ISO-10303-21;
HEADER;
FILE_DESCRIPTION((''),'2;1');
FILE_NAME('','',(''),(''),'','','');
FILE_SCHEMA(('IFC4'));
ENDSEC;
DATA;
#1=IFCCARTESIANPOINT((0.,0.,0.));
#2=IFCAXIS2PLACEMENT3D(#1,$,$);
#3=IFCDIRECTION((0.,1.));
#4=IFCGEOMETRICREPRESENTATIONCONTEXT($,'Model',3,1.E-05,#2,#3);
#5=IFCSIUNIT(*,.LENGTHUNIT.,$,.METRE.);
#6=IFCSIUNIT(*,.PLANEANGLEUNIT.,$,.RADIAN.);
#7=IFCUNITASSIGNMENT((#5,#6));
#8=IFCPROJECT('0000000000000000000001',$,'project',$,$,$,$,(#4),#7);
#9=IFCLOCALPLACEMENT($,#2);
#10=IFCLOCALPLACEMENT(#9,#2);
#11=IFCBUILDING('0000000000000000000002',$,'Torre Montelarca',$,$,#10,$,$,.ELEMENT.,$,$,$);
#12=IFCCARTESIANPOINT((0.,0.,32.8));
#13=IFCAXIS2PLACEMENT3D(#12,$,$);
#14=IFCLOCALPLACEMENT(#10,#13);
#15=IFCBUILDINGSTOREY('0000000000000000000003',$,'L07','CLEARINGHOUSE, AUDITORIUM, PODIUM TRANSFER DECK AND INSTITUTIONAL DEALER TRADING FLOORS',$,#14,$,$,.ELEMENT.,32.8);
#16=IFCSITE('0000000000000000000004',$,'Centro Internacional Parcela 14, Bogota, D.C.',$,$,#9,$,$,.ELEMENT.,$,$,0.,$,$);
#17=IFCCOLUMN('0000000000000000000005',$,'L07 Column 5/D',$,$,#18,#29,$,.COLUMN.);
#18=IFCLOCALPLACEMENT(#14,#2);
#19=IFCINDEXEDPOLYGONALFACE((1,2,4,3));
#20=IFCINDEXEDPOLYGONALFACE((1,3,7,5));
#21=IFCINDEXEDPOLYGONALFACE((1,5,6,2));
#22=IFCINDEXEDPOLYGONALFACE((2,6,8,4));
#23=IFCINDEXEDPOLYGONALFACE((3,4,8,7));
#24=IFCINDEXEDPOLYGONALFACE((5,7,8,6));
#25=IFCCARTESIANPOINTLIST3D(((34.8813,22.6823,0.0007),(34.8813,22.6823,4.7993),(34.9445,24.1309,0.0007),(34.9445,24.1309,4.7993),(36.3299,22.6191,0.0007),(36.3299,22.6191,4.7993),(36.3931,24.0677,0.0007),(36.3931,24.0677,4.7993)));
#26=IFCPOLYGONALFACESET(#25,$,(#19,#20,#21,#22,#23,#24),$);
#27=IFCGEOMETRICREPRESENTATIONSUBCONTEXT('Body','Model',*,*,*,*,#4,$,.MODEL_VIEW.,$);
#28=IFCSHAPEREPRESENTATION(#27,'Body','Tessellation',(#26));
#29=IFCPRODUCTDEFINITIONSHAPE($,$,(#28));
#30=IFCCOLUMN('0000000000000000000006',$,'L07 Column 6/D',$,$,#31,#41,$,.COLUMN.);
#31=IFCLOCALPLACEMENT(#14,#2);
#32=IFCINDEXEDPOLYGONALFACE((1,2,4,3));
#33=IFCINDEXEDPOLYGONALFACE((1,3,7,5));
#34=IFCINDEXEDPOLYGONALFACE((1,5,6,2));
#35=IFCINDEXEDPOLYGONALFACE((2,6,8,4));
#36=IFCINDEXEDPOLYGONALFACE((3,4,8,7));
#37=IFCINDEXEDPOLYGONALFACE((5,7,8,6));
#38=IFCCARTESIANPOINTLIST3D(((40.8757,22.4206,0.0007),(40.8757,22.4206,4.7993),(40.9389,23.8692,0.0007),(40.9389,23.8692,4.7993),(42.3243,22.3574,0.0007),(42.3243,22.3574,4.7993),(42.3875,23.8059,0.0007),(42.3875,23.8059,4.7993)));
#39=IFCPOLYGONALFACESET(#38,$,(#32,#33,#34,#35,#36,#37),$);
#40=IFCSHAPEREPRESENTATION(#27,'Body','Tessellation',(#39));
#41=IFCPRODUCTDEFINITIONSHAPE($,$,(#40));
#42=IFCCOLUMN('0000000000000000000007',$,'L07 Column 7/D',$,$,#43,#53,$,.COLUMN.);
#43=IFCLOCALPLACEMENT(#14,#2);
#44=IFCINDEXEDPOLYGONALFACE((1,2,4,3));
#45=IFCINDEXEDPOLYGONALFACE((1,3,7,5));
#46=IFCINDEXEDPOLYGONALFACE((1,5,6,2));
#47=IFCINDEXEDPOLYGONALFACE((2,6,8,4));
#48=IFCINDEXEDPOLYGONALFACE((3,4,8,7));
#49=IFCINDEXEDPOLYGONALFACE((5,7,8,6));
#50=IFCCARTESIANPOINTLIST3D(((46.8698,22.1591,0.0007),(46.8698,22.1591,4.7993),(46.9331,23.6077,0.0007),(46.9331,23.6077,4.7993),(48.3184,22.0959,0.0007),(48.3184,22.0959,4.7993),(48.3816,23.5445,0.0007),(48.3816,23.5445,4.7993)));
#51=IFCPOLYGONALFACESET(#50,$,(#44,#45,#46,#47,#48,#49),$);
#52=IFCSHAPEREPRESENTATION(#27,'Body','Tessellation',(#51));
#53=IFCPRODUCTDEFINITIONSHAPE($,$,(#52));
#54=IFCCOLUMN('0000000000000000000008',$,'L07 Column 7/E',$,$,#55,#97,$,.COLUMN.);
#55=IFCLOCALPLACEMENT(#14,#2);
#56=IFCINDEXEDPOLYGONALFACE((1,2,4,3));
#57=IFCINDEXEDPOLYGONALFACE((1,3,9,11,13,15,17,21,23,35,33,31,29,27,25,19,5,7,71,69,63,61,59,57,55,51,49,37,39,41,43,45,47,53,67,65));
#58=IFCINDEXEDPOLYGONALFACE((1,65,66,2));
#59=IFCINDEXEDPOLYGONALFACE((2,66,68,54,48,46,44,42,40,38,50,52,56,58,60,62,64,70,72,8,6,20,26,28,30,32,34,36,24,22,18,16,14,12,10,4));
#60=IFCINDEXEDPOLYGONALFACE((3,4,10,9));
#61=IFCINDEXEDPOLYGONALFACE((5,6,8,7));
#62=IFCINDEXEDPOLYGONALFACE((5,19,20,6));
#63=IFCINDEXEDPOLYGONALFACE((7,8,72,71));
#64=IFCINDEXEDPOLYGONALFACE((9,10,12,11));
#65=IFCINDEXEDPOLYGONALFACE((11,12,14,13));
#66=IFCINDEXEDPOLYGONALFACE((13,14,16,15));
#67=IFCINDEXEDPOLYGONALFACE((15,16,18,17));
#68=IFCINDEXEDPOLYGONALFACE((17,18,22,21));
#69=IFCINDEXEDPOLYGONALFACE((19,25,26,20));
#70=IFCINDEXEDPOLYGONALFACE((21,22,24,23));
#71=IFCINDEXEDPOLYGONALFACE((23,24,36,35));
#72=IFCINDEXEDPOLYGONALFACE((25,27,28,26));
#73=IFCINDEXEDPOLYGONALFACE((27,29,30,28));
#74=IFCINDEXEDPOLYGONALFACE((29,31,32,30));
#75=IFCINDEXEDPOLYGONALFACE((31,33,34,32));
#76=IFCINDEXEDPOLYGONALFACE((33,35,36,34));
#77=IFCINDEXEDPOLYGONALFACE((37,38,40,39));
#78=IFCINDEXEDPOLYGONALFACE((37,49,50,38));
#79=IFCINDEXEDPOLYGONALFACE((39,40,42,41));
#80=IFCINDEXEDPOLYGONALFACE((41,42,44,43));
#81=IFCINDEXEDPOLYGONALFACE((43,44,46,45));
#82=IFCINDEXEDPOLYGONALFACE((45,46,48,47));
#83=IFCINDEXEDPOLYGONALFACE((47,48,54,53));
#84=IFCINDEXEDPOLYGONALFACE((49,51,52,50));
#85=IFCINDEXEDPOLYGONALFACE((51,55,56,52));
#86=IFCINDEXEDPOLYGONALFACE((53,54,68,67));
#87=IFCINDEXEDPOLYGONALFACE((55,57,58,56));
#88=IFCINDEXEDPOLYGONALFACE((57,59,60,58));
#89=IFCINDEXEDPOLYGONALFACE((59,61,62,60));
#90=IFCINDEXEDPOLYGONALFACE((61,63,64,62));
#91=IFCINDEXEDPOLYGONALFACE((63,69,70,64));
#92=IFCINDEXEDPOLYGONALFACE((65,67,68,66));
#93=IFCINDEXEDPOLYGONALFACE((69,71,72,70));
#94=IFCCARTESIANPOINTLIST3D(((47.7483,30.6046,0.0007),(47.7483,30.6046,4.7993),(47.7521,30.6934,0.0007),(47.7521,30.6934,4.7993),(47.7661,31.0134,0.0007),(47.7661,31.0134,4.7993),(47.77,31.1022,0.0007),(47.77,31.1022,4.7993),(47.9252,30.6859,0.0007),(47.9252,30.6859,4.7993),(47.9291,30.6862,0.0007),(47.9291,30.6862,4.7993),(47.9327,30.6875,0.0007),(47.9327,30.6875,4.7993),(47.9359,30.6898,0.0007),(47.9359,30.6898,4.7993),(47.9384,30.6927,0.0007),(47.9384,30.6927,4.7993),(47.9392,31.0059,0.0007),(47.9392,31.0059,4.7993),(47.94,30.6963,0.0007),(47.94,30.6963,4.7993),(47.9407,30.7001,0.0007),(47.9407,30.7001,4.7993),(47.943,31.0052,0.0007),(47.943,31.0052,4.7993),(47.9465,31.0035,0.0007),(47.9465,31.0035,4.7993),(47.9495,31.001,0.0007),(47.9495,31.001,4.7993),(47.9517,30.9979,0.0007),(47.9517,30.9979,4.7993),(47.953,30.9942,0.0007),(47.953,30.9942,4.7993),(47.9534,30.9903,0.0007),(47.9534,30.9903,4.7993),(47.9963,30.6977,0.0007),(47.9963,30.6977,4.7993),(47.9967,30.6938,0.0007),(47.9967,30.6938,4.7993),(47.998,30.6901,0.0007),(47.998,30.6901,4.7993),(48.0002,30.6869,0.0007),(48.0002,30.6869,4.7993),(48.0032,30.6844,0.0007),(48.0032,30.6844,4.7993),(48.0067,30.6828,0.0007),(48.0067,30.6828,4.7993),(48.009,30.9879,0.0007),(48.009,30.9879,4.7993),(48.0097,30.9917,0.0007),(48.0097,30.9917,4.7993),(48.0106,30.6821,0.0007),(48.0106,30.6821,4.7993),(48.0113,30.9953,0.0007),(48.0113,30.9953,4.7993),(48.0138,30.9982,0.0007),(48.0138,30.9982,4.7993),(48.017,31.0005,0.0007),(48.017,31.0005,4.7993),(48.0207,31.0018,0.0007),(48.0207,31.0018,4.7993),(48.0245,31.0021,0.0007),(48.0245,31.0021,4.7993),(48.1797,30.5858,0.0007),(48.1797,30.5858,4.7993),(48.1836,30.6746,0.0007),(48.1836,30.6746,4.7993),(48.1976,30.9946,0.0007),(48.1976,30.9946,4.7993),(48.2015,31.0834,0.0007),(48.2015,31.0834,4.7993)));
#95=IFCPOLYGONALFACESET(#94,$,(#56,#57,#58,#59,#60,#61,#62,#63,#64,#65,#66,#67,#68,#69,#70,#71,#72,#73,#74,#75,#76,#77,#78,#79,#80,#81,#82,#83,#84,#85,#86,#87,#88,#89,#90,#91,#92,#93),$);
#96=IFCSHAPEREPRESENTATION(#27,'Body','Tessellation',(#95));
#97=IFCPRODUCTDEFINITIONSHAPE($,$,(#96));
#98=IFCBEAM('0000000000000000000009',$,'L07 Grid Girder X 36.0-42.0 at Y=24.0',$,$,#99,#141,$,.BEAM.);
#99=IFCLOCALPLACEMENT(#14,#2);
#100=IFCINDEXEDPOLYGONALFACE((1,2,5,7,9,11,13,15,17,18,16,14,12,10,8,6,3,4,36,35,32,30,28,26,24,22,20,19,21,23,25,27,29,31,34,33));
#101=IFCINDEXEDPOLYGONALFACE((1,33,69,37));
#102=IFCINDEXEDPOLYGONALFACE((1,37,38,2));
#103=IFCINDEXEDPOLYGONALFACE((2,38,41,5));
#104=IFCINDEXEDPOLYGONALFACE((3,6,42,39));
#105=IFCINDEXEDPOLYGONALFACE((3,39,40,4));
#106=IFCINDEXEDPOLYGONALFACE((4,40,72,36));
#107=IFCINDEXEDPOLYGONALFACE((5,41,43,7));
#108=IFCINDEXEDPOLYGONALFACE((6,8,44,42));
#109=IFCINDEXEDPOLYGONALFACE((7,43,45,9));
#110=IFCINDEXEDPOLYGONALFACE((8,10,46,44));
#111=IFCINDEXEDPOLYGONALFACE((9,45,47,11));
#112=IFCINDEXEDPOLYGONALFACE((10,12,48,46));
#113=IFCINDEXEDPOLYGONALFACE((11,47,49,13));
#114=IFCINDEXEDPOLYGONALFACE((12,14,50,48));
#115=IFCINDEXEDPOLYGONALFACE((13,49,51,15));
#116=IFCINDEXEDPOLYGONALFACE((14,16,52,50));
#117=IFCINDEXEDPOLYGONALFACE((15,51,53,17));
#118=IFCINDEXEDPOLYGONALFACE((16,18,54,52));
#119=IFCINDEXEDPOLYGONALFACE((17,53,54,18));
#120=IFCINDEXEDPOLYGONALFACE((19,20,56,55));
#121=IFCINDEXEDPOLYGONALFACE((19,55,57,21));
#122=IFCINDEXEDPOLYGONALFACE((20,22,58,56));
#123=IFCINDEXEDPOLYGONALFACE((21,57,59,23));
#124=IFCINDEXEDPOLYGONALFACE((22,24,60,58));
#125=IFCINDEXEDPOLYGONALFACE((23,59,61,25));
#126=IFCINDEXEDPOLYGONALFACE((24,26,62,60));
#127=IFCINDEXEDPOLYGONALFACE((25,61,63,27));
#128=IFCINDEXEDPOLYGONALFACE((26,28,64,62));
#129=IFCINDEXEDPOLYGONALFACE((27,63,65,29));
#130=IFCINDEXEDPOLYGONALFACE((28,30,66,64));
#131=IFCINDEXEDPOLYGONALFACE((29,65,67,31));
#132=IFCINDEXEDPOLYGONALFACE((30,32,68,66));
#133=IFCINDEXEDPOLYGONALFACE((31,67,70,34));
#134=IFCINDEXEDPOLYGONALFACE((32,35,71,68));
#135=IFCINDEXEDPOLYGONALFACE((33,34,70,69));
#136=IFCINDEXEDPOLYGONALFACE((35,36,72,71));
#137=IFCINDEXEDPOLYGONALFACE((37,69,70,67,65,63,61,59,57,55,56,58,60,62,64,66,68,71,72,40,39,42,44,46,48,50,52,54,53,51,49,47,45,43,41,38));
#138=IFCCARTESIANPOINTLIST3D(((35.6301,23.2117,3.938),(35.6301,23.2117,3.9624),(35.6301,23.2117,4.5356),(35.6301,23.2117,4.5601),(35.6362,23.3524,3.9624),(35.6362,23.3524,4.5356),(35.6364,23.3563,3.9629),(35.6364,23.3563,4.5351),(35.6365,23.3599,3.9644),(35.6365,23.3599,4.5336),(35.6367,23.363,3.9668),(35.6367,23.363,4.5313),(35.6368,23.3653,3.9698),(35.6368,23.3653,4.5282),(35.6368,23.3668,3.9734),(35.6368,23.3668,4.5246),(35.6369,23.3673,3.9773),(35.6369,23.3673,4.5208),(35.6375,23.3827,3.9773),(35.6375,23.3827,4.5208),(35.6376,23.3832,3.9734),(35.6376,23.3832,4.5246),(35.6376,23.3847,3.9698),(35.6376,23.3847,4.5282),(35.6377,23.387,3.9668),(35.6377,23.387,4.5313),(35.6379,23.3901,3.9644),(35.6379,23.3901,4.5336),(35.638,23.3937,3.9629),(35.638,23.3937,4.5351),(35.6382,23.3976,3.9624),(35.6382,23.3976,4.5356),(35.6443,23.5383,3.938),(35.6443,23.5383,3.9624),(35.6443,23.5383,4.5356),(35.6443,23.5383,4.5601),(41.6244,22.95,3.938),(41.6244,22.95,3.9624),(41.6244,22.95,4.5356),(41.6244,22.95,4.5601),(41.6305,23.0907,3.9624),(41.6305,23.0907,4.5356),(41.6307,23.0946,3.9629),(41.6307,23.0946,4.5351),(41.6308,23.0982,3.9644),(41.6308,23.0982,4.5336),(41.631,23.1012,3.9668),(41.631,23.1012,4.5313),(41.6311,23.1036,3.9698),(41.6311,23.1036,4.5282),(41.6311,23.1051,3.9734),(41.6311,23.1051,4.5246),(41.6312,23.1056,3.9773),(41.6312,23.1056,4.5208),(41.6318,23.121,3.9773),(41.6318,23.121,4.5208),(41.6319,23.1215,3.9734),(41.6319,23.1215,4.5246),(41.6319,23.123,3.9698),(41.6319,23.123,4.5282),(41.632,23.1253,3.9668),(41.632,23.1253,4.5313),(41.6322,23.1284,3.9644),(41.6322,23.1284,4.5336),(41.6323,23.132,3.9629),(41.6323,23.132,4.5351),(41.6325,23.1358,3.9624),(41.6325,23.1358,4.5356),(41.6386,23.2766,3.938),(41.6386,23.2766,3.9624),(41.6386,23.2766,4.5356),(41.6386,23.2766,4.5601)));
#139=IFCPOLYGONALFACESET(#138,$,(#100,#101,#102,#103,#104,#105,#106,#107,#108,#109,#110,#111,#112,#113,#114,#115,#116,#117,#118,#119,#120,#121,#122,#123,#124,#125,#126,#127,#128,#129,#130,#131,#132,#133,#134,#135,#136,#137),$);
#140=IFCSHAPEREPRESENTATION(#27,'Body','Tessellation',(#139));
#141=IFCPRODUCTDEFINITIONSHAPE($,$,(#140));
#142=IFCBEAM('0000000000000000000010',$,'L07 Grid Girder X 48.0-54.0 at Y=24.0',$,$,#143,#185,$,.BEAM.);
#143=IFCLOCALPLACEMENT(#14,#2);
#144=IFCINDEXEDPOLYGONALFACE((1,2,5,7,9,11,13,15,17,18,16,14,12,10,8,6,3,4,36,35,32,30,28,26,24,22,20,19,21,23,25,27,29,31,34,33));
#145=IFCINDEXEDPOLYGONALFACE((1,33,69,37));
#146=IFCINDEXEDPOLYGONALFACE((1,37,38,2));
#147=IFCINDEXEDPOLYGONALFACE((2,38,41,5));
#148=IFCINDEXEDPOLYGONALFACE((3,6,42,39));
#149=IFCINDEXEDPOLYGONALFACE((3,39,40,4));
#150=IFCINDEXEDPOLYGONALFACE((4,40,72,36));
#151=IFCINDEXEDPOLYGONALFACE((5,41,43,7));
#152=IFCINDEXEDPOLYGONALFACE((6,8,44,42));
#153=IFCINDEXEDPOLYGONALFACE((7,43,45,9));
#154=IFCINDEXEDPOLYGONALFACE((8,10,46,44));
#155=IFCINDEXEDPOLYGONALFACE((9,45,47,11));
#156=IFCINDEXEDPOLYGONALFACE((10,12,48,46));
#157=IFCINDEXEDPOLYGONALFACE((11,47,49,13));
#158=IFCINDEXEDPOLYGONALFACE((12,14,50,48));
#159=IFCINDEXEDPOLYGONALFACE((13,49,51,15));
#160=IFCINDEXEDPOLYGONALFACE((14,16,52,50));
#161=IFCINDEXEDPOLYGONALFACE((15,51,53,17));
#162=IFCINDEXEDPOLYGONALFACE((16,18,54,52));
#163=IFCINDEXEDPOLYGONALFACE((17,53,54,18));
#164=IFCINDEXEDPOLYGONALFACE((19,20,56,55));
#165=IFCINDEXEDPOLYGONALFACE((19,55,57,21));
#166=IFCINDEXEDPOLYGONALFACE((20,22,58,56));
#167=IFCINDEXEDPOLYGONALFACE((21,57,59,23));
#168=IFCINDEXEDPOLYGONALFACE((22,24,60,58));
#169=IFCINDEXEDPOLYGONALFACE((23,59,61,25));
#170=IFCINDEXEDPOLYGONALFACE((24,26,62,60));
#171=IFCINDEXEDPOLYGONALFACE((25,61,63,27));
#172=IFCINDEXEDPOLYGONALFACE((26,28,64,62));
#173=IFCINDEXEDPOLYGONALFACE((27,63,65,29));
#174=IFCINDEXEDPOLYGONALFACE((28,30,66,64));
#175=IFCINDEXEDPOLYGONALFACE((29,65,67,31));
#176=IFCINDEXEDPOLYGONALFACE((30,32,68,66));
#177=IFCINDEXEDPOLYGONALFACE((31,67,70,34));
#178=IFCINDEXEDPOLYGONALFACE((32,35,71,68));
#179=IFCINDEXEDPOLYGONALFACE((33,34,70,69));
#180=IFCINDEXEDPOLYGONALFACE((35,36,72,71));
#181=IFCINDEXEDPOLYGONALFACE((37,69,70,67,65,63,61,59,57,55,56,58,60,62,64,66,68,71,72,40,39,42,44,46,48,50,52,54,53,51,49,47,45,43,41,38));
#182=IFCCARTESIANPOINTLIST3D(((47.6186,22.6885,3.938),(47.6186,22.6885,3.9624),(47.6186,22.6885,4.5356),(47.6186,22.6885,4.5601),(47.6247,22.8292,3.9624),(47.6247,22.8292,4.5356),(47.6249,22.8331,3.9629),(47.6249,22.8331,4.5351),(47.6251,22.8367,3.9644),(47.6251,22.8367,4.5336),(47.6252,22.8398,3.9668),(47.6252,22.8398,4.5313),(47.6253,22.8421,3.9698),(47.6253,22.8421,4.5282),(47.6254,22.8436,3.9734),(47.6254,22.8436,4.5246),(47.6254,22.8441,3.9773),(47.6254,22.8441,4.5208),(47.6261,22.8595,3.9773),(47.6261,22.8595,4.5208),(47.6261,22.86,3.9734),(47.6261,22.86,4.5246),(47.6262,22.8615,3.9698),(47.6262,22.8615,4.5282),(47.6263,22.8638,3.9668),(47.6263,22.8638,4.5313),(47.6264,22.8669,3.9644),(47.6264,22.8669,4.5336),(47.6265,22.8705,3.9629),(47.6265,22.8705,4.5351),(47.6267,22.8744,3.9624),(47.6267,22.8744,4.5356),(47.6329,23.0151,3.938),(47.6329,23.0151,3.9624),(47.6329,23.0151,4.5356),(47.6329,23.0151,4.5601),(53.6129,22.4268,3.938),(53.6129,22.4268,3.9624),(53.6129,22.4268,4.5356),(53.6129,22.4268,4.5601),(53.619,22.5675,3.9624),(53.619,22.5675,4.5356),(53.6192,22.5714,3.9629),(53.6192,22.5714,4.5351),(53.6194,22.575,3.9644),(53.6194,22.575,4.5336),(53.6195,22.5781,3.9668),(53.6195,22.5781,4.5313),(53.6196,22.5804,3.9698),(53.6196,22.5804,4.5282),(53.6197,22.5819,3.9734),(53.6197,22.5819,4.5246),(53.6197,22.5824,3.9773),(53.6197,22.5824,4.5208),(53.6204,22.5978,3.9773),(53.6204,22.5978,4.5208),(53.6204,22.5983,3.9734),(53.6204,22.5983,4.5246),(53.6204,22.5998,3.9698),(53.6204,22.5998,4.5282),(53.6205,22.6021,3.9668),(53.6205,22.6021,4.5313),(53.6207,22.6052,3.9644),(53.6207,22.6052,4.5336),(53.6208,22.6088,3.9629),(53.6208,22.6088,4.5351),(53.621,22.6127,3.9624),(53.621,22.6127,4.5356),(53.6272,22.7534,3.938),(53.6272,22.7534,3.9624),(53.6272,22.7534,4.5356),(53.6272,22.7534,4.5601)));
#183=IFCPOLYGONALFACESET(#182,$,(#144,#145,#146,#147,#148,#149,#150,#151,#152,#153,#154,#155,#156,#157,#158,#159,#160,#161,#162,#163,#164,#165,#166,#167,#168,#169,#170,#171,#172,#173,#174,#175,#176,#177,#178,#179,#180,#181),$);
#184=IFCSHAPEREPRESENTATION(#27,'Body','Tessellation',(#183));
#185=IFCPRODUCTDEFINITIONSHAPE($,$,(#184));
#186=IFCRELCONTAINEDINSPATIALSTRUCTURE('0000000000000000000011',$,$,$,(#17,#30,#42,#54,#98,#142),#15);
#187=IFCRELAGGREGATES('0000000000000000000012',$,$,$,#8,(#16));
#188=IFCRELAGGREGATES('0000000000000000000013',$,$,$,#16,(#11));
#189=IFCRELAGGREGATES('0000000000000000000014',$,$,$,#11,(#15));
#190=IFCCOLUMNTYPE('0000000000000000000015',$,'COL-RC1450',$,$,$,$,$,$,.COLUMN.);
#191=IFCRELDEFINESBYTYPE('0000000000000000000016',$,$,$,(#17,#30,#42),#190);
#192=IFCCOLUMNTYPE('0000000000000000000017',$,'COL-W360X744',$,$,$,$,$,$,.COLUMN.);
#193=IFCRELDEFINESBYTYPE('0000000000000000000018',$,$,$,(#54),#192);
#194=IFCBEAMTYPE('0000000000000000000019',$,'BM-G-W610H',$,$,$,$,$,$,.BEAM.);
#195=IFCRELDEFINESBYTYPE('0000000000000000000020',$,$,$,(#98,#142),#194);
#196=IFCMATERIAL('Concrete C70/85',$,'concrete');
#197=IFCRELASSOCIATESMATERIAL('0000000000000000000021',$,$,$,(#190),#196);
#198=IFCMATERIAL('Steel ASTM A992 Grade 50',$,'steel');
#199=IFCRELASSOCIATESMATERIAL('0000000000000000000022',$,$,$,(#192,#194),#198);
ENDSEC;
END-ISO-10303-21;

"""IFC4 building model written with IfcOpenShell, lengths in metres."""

from ifc_helpers import new_model, si_unit, direction, frame, origin, origin_2d, place, context, subcontext, project, spatial, rectangle, i_section, extrude, source, transform, mapped, material, material_profile, profile_set, type_object, element, save


model = new_model("IFC4")

# Units and contexts
model_context = context("Model", 3, precision=1e-05, world=origin(), true_north=direction((0.0, 1.0)))
body_context = subcontext(model_context, "Body", "Model", "MODEL_VIEW")
ifc_project = project(units=[si_unit("LENGTHUNIT", "METRE"), si_unit("PLANEANGLEUNIT", "RADIAN")], contexts=[model_context])

# Site, building, storey
site_placement = place(None, origin())
site = spatial("IfcSite", under=ifc_project, at=site_placement, Name="Centro Internacional Parcela 14, Bogota, D.C.", CompositionType="ELEMENT", RefElevation=0.0)
building_placement = place(site_placement, origin())
building = spatial("IfcBuilding", under=site, at=building_placement, Name="Torre Montelarca", CompositionType="ELEMENT")
storey_placement = place(building_placement, frame((0.0, 0.0, 32.8)))
storey = spatial("IfcBuildingStorey", under=building, at=storey_placement, Name="L07", Description="CLEARINGHOUSE, AUDITORIUM, PODIUM TRANSFER DECK AND INSTITUTIONAL DEALER TRADING FLOORS", CompositionType="ELEMENT", Elevation=32.8)

# Columns
ifc_material_1 = material(Name="Concrete C70/85", Category="concrete")
ifc_material_profile_1 = material_profile(ifc_material_1, rectangle(XDim=1.45, YDim=1.45, at=origin_2d()), Name="RC1450X1450", Category="concrete")
ifc_profile_set_1 = profile_set([ifc_material_profile_1], Name="Concrete C70/85")
column_type_1 = type_object("IfcColumnType", Name="COL-RC1450", PredefinedType="COLUMN", material=ifc_profile_set_1)
shared_shape_1 = source(origin(), body_context, "Body", "SweptSolid", [
    extrude(rectangle(XDim=1.45, YDim=1.45, at=origin_2d()), origin(), (0.0, 0.0, 1.0), 4.7986),
])
for number, where, z_axis, x_axis, name in (
    (1, (35.6372, 23.375, 0.0007), (0.0, 0.0, 1.0), (-0.999048, 0.043619, 0.0), "L07 Column 5/D"),
    (2, (41.6316, 23.1133, 0.0007), (0.0, 0.0, 1.0), (-0.999048, 0.043619, 0.0), "L07 Column 6/D"),
    (3, (47.6257, 22.8518, 0.0007), (0.0, 0.0, 1.0), (-0.999048, 0.043619, 0.0), "L07 Column 7/D"),
):
    element("IfcColumn", number, at=place(storey_placement, frame(where, z_axis=z_axis, x_axis=x_axis)), inside=storey, type_object=column_type_1, Name=name, PredefinedType="COLUMN", context=body_context, shape_type="MappedRepresentation", body=[
        mapped(shared_shape_1, transform((0.0, 0.0, 0.0), scale=1.0)),
    ])
ifc_material_2 = material(Name="Steel ASTM A992 Grade 50", Category="steel")
ifc_material_profile_2 = material_profile(ifc_material_2, i_section(OverallWidth=0.4319, OverallDepth=0.498, WebThickness=0.0557, FlangeThickness=0.0889, FilletRadius=0.0149, at=origin_2d()), Name="W360X744", Category="steel")
ifc_profile_set_2 = profile_set([ifc_material_profile_2], Name="Steel ASTM A992 Grade 50")
column_type_2 = type_object("IfcColumnType", Name="COL-W360X744", PredefinedType="COLUMN", material=ifc_profile_set_2)
shared_shape_2 = source(origin(), body_context, "Body", "SweptSolid", [
    extrude(i_section(OverallWidth=0.4319, OverallDepth=0.498, WebThickness=0.0557, FlangeThickness=0.0889, FilletRadius=0.0149, at=origin_2d()), origin(), (0.0, 0.0, 1.0), 4.7986),
])
column_placement = place(storey_placement, frame((47.9749, 30.844, 0.0007), z_axis=(0.0, 0.0, 1.0), x_axis=(-0.999048, 0.043619, 0.0)))
element("IfcColumn", 4, at=column_placement, inside=storey, type_object=column_type_2, Name="L07 Column 7/E", PredefinedType="COLUMN", context=body_context, shape_type="MappedRepresentation", body=[
    mapped(shared_shape_2, transform((0.0, 0.0, 0.0), scale=1.0)),
])

# Beams
ifc_material_profile_3 = material_profile(ifc_material_2, i_section(OverallWidth=0.3269, OverallDepth=0.6221, WebThickness=0.0154, FlangeThickness=0.0244, FilletRadius=0.0149, at=origin_2d()), Name="W610X195", Category="steel")
ifc_profile_set_3 = profile_set([ifc_material_profile_3], Name="Steel ASTM A992 Grade 50")
beam_type_1 = type_object("IfcBeamType", Name="BM-G-W610H", PredefinedType="BEAM", material=ifc_profile_set_3)
shared_shape_3 = source(origin(), body_context, "Body", "SweptSolid", [
    extrude(i_section(OverallWidth=0.3269, OverallDepth=0.6221, WebThickness=0.0154, FlangeThickness=0.0244, FilletRadius=0.0149, at=origin_2d()), origin(), (0.0, 0.0, 1.0), 6.0),
])
for number, where, z_axis, x_axis, name in (
    (5, (35.6372, 23.375, 4.249), (0.999048, -0.043619, 0.0), (0.043619, 0.999048, 0.0), "L07 Grid Girder X 36.0-42.0 at Y=24.0"),
    (6, (47.6257, 22.8518, 4.249), (0.999048, -0.043619, 0.0), (0.043619, 0.999048, 0.0), "L07 Grid Girder X 48.0-54.0 at Y=24.0"),
):
    element("IfcBeam", number, at=place(storey_placement, frame(where, z_axis=z_axis, x_axis=x_axis)), inside=storey, type_object=beam_type_1, Name=name, PredefinedType="BEAM", context=body_context, shape_type="MappedRepresentation", body=[
        mapped(shared_shape_3, transform((0.0, 0.0, 0.0), scale=1.0)),
    ])

save(model, "model.ifc")
